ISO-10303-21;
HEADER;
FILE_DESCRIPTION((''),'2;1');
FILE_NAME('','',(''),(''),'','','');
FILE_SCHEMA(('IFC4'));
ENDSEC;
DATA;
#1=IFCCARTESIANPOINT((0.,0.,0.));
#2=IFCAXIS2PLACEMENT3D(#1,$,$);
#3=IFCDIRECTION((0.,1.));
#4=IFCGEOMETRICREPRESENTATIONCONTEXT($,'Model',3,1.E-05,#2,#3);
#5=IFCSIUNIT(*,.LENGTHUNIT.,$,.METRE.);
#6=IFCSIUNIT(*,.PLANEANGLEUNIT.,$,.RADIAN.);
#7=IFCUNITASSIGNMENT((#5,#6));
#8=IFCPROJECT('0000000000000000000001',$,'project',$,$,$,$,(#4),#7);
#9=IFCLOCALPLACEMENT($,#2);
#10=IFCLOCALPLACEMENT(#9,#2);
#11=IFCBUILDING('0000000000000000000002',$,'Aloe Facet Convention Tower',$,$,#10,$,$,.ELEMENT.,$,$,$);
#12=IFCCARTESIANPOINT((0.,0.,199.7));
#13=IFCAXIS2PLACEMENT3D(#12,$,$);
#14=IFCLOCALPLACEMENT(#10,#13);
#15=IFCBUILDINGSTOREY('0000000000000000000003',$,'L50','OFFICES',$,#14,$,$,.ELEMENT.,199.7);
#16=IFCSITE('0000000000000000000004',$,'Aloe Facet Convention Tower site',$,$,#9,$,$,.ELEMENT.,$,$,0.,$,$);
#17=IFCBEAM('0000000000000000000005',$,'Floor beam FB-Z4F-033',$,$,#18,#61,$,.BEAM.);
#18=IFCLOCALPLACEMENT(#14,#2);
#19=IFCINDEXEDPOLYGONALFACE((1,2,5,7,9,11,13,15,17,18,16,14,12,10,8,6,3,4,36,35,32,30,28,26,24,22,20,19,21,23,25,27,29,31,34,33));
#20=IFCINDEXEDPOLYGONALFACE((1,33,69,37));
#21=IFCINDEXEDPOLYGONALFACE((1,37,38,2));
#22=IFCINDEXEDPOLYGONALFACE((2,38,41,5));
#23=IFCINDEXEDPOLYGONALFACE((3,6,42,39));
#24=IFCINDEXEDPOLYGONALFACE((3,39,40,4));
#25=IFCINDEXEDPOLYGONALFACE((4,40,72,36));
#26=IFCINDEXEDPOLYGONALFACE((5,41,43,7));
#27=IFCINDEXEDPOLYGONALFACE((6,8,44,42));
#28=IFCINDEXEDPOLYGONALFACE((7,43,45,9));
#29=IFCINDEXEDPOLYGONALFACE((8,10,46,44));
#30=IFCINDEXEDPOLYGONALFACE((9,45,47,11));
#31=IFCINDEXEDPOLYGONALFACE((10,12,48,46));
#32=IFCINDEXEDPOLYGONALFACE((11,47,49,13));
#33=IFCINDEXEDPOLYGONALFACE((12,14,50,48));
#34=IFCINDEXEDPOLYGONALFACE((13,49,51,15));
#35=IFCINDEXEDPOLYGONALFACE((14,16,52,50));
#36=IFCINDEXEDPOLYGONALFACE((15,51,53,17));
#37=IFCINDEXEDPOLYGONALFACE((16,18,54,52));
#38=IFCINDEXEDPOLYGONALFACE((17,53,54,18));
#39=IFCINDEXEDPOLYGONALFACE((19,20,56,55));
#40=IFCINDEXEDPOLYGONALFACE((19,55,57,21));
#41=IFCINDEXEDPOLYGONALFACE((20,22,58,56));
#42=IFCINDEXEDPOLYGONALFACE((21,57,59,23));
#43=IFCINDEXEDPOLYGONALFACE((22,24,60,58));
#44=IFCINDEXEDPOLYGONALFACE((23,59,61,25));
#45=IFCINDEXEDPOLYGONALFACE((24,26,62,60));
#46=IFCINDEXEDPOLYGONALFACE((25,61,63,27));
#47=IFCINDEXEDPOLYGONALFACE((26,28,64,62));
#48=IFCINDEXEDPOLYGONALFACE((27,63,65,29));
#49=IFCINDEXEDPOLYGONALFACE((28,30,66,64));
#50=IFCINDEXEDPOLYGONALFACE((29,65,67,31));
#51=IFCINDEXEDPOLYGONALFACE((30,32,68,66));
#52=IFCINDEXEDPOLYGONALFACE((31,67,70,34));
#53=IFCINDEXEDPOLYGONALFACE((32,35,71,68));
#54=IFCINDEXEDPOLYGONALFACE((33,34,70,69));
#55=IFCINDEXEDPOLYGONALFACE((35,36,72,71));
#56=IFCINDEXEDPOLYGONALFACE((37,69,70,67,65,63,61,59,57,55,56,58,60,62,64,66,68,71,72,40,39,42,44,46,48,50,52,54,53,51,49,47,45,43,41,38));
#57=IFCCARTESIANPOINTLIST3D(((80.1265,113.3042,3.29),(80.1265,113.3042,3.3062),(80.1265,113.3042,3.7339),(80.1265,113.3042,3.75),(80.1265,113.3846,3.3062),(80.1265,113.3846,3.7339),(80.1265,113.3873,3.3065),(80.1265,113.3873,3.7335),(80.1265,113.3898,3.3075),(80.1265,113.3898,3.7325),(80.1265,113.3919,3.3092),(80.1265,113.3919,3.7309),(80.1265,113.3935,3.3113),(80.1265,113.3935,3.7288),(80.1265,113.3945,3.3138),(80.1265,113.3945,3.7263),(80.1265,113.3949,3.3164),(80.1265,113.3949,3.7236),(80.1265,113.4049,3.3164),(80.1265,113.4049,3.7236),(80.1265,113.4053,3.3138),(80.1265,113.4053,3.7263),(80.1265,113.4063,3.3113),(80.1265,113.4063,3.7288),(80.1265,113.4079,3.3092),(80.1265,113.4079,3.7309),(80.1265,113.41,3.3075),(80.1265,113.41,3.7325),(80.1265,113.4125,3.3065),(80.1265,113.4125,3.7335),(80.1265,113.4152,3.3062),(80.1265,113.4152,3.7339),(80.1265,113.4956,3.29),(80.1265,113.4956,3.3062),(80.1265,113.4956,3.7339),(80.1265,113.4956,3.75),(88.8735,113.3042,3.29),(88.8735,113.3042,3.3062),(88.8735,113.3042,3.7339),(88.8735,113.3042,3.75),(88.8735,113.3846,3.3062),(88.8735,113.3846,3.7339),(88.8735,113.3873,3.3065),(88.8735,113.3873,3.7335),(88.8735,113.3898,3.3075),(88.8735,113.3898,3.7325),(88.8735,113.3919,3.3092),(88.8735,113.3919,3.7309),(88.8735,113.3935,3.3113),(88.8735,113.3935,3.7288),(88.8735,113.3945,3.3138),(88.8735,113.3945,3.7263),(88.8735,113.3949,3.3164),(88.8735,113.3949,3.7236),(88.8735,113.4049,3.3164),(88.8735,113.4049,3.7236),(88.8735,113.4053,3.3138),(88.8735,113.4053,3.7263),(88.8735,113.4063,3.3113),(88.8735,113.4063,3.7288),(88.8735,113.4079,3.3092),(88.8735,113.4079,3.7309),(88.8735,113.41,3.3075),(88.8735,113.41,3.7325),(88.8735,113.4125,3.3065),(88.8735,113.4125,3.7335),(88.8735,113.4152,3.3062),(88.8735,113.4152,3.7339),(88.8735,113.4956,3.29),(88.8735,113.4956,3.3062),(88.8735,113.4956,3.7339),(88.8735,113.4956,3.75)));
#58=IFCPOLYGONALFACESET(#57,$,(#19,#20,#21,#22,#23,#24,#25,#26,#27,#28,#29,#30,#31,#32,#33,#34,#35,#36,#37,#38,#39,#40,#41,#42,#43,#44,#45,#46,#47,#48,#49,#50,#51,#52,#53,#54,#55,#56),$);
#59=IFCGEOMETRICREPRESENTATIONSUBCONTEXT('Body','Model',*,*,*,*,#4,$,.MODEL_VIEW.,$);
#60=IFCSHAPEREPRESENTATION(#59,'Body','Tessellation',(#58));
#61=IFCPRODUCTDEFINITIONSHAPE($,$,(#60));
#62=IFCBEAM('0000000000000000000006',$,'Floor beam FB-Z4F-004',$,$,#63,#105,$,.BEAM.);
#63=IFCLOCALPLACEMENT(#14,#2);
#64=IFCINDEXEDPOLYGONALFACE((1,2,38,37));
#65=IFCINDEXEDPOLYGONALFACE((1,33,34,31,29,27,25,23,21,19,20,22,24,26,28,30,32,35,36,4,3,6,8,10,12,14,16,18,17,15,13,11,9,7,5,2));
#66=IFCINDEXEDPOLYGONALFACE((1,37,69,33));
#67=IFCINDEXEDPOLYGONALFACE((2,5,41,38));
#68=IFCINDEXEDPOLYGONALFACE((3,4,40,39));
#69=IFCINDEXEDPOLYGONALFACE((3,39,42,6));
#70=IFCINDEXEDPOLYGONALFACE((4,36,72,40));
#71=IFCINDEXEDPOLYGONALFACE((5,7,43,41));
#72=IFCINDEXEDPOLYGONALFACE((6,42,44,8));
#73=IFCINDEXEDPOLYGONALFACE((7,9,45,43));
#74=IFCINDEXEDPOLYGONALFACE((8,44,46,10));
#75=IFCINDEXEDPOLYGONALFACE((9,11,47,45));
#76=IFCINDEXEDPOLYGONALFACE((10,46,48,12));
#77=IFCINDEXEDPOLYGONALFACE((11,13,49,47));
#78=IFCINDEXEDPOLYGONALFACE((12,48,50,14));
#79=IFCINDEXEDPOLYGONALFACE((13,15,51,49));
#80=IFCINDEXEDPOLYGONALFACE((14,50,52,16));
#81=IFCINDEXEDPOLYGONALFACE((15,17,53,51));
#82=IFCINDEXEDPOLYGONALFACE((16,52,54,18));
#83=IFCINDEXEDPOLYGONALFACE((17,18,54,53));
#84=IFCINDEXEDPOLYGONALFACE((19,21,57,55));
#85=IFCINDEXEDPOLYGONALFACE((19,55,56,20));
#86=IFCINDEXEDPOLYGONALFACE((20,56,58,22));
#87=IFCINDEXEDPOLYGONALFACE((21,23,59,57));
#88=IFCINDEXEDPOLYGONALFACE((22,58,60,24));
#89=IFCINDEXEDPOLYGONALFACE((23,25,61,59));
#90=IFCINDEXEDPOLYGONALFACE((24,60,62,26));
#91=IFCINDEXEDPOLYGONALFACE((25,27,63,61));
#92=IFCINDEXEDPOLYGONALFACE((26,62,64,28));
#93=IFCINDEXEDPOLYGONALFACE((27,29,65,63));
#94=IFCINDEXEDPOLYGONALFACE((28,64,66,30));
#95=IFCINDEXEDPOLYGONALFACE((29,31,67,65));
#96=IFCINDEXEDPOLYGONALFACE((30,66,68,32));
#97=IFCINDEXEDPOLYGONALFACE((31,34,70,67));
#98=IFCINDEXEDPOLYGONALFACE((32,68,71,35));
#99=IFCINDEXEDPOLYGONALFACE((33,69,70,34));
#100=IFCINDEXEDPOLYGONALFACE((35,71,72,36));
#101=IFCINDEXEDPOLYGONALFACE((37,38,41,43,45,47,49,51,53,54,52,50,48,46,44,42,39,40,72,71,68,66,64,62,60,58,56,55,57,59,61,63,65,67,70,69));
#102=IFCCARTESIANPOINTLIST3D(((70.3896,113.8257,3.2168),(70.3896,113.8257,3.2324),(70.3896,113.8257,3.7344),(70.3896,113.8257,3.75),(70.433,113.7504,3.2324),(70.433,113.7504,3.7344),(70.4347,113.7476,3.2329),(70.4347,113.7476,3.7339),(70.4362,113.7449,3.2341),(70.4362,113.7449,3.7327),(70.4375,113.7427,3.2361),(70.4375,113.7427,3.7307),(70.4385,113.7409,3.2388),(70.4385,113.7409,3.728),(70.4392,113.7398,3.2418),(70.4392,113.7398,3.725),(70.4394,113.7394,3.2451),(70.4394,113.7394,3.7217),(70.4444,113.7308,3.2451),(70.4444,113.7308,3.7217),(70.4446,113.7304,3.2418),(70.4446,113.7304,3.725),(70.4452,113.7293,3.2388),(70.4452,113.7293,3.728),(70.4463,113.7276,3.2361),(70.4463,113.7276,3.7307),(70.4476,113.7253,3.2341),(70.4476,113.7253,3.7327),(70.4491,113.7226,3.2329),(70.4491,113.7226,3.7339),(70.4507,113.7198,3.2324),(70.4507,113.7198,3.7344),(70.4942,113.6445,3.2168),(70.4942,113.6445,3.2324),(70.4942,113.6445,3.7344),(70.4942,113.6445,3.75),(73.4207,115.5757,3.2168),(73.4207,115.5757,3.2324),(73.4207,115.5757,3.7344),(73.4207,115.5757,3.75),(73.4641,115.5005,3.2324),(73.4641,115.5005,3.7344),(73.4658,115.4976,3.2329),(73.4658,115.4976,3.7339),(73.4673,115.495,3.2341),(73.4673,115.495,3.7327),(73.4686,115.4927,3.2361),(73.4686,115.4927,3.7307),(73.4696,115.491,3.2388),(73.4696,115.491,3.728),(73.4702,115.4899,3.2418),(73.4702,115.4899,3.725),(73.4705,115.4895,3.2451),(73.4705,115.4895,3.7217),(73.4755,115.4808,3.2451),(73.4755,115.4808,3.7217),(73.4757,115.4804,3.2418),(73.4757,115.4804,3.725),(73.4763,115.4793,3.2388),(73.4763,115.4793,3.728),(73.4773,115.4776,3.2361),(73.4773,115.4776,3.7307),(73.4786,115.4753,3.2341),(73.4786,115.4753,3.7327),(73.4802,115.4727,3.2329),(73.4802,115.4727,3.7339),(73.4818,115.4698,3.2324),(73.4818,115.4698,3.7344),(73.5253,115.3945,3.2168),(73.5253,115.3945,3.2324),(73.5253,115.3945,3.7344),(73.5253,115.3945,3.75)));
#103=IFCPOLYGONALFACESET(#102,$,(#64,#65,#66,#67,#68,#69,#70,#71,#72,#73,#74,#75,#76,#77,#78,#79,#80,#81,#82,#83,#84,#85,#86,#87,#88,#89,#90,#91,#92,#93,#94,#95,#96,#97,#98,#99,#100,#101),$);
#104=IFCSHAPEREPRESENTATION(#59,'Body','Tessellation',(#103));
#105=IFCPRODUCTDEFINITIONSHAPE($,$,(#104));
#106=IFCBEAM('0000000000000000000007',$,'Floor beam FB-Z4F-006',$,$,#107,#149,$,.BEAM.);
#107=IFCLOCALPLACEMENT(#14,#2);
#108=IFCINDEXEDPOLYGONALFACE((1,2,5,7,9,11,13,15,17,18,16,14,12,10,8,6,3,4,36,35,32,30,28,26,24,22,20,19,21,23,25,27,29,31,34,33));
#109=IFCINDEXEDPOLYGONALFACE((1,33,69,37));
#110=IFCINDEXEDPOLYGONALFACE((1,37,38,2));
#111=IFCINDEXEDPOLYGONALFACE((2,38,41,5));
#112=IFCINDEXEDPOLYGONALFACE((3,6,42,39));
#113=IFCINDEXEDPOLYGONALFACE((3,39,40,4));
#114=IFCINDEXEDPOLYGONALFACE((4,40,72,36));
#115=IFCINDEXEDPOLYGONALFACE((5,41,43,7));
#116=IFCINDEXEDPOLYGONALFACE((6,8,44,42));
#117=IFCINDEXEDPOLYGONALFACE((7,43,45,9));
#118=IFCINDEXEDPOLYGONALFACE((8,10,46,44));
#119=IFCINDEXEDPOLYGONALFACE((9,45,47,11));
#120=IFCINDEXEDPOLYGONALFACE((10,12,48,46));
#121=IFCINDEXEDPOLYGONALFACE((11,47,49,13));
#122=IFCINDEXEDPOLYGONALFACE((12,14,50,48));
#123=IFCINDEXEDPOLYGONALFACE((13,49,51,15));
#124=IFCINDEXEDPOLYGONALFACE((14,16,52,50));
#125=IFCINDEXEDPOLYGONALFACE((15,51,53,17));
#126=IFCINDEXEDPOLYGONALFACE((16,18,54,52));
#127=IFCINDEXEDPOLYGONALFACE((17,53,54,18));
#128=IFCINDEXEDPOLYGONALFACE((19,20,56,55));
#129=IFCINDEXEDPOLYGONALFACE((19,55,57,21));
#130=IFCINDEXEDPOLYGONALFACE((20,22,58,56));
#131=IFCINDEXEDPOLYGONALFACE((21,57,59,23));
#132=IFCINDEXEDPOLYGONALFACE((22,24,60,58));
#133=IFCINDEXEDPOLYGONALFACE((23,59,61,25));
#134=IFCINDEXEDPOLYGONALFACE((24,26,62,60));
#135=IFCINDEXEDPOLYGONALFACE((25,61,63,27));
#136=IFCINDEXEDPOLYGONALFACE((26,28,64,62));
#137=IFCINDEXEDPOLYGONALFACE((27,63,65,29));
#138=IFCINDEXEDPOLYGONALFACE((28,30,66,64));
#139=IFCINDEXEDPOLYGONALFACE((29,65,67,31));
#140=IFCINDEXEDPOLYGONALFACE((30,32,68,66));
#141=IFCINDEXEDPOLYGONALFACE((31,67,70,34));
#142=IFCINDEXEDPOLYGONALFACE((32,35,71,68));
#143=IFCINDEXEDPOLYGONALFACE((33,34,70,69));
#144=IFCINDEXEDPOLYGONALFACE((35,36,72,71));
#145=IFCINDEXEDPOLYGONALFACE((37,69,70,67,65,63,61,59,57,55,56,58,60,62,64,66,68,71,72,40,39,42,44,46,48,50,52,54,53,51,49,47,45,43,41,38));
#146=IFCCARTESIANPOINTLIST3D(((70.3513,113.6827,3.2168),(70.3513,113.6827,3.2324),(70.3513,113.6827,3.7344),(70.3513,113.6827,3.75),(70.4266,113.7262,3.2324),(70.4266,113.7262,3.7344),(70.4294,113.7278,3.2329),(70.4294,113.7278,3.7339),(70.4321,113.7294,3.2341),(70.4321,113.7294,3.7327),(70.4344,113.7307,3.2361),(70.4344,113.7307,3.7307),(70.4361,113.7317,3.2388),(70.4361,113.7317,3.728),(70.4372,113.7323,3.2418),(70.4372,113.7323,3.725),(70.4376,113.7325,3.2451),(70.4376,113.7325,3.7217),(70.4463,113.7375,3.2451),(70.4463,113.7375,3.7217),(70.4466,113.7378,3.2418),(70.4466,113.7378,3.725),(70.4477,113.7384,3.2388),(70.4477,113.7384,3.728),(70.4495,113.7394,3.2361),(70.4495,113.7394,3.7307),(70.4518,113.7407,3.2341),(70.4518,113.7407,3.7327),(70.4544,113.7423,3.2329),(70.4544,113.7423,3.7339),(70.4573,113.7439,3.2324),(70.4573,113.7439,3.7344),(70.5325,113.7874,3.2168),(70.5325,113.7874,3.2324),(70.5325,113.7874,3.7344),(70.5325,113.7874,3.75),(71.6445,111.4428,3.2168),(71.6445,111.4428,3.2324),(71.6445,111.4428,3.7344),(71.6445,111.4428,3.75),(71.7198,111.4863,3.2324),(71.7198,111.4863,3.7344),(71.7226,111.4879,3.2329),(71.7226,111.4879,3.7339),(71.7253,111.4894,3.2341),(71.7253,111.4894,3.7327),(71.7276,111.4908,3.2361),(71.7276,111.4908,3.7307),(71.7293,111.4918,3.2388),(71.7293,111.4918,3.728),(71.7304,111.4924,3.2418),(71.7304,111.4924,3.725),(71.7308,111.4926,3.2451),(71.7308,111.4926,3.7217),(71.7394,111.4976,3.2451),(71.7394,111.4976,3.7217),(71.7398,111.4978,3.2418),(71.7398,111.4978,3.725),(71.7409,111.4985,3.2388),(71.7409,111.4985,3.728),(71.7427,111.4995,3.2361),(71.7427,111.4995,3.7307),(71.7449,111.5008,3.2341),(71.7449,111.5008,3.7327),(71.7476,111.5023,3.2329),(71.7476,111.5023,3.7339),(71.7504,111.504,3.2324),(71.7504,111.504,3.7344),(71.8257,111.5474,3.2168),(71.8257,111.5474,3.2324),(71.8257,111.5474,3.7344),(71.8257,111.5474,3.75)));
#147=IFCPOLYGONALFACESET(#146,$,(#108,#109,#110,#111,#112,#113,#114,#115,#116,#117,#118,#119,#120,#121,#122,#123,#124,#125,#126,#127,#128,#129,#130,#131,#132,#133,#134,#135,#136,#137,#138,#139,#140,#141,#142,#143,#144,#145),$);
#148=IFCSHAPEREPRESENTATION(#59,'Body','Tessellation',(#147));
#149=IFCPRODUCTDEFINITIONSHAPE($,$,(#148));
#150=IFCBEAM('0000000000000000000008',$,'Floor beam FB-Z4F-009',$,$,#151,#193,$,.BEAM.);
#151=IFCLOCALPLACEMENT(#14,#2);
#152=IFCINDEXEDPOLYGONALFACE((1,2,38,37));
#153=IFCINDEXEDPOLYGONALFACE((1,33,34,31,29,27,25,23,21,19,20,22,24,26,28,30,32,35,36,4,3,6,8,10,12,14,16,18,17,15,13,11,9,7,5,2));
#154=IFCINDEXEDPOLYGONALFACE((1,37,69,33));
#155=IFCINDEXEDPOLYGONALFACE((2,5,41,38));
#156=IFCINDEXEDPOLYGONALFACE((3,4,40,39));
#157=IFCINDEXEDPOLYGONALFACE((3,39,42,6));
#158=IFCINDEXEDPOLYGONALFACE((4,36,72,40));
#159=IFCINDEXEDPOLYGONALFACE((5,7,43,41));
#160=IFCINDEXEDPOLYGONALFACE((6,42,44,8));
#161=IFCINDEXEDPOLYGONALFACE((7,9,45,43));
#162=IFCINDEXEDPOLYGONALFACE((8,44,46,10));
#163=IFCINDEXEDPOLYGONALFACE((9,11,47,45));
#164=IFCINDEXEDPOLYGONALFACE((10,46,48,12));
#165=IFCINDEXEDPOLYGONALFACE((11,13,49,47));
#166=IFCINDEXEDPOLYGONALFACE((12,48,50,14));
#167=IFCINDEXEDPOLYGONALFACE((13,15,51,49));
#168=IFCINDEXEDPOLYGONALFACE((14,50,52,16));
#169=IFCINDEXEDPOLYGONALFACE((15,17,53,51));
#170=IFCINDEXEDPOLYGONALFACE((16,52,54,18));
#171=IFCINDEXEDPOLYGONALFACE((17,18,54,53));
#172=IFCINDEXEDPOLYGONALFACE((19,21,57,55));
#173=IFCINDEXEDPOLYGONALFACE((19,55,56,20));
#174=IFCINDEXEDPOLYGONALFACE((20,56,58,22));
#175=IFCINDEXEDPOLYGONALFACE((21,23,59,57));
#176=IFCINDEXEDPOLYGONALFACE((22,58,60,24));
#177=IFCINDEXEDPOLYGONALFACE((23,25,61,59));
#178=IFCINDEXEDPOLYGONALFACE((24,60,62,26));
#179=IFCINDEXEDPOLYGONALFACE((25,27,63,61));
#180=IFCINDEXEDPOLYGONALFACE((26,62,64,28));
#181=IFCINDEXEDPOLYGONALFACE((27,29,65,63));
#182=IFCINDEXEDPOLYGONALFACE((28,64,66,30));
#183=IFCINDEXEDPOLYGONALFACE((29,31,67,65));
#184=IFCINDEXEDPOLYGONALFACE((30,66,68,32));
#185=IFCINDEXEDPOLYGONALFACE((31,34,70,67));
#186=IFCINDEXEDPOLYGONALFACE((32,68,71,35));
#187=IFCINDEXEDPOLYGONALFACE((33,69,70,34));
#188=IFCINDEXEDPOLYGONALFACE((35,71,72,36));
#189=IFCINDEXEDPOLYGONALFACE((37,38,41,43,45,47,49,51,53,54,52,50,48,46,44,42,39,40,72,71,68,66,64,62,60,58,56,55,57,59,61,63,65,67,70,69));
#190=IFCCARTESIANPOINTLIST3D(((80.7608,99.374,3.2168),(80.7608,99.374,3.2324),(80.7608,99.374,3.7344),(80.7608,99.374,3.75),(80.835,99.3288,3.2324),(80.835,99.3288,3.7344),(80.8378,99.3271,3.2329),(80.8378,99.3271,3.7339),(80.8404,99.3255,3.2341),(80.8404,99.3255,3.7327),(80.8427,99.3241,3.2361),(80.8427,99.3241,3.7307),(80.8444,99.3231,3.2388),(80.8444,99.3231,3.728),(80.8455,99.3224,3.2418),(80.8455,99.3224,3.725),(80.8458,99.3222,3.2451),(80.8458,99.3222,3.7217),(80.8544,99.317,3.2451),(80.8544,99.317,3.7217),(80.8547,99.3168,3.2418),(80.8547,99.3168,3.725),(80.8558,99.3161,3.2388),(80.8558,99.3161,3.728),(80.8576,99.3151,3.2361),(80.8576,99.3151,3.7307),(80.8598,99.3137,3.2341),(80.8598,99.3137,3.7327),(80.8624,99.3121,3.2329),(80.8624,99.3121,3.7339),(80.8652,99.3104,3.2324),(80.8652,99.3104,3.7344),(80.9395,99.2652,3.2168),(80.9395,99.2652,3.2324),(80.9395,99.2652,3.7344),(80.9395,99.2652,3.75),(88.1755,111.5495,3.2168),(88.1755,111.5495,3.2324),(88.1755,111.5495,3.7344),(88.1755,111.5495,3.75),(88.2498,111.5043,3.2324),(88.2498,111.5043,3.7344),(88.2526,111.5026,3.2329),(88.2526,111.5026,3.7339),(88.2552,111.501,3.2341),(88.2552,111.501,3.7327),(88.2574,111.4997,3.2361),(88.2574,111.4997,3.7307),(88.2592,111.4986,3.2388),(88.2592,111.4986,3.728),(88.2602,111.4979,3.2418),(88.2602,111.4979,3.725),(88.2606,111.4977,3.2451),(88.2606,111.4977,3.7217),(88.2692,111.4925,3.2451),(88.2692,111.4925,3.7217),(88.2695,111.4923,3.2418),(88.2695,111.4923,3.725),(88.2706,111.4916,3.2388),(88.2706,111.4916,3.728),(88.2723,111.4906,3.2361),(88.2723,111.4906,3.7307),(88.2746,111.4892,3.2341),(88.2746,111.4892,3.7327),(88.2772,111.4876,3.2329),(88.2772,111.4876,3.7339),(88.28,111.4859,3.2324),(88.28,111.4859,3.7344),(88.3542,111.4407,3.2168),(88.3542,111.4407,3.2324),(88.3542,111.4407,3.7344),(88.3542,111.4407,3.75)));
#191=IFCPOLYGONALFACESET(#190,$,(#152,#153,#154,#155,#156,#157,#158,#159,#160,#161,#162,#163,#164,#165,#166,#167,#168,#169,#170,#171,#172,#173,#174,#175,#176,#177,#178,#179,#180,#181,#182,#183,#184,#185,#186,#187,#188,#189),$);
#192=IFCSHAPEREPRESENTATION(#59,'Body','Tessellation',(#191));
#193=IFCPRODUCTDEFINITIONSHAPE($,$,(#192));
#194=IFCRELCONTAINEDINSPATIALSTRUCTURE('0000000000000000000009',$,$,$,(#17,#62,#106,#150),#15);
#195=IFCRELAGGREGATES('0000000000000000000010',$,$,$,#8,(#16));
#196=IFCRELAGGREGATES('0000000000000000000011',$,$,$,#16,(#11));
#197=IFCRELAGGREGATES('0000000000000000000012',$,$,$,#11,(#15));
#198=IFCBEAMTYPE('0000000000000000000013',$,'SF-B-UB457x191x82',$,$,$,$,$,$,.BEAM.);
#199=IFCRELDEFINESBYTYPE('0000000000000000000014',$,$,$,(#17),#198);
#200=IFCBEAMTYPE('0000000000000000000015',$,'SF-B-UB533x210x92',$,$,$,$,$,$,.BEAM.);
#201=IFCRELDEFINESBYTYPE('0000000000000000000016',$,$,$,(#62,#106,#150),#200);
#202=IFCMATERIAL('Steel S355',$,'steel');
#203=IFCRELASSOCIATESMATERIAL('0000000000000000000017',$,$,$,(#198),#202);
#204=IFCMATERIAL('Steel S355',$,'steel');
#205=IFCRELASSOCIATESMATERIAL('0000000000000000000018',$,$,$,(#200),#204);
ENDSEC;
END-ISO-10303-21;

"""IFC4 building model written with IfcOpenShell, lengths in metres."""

from ifc_helpers import new_model, si_unit, direction, frame, origin, origin_2d, place, context, subcontext, project, spatial, i_section, extrude, material, material_profile, profile_set, type_object, element, save


model = new_model("IFC4")

# Units and contexts
model_context = context("Model", 3, precision=1e-05, world=origin(), true_north=direction((0.0, 1.0)))
body_context = subcontext(model_context, "Body", "Model", "MODEL_VIEW")
ifc_project = project(units=[si_unit("LENGTHUNIT", "METRE"), si_unit("PLANEANGLEUNIT", "RADIAN")], contexts=[model_context])

# Site, building, storey
site_placement = place(None, origin())
site = spatial("IfcSite", under=ifc_project, at=site_placement, Name="Aloe Facet Convention Tower site", CompositionType="ELEMENT", RefElevation=0.0)
building_placement = place(site_placement, origin())
building = spatial("IfcBuilding", under=site, at=building_placement, Name="Aloe Facet Convention Tower", CompositionType="ELEMENT")
storey_placement = place(building_placement, frame((0.0, 0.0, 199.7)))
storey = spatial("IfcBuildingStorey", under=building, at=storey_placement, Name="L50", Description="OFFICES", CompositionType="ELEMENT", Elevation=199.7)

# Beams
ifc_material_1 = material(Name="Steel S355", Category="steel")
ifc_material_profile_1 = material_profile(ifc_material_1, i_section(OverallWidth=0.1914, OverallDepth=0.46, WebThickness=0.01, FlangeThickness=0.0161, FilletRadius=0.0103, at=origin_2d()), Name="UB 457x191x82")
ifc_profile_set_1 = profile_set([ifc_material_profile_1], Name="Steel S355")
beam_type_1 = type_object("IfcBeamType", Name="SF-B-UB457x191x82", PredefinedType="BEAM", material=ifc_profile_set_1)
beam_1_placement = place(storey_placement, frame((80.1265, 113.3999, 3.52), z_axis=(1.0, 0.0, 0.0), x_axis=(0.0, 1.0, 0.0)))
element("IfcBeam", 1, at=beam_1_placement, inside=storey, type_object=beam_type_1, Name="Floor beam FB-Z4F-033", PredefinedType="BEAM", context=body_context, shape_type="SweptSolid", body=[
    extrude(i_section(OverallWidth=0.1914, OverallDepth=0.46, WebThickness=0.01, FlangeThickness=0.0161, FilletRadius=0.0103, at=origin_2d()), origin(), (0.0, 0.0, 1.0), 8.7471),
])
ifc_material_2 = material(Name="Steel S355", Category="steel")
ifc_material_profile_2 = material_profile(ifc_material_2, i_section(OverallWidth=0.2092, OverallDepth=0.5332, WebThickness=0.01, FlangeThickness=0.0156, FilletRadius=0.0127, at=origin_2d()), Name="UB 533x210x92")
ifc_profile_set_2 = profile_set([ifc_material_profile_2], Name="Steel S355")
beam_type_2 = type_object("IfcBeamType", Name="SF-B-UB533x210x92", PredefinedType="BEAM", material=ifc_profile_set_2)
beam_2_placement = place(storey_placement, frame((70.4419, 113.7351, 3.4834), z_axis=(0.866019, 0.50001, 0.0), x_axis=(-0.50001, 0.866019, 0.0)))
element("IfcBeam", 2, at=beam_2_placement, inside=storey, type_object=beam_type_2, Name="Floor beam FB-Z4F-004", PredefinedType="BEAM", context=body_context, shape_type="SweptSolid", body=[
    extrude(i_section(OverallWidth=0.2092, OverallDepth=0.5332, WebThickness=0.01, FlangeThickness=0.0156, FilletRadius=0.0127, at=origin_2d()), origin(), (0.0, 0.0, 1.0), 3.5),
])
beam_3_placement = place(storey_placement, frame((71.7351, 111.4951, 3.4834), z_axis=(-0.499987, 0.866033, 0.0), x_axis=(-0.866033, -0.499987, 0.0)))
element("IfcBeam", 3, at=beam_3_placement, inside=storey, type_object=beam_type_2, Name="Floor beam FB-Z4F-006", PredefinedType="BEAM", context=body_context, shape_type="SweptSolid", body=[
    extrude(i_section(OverallWidth=0.2092, OverallDepth=0.5332, WebThickness=0.01, FlangeThickness=0.0156, FilletRadius=0.0127, at=origin_2d()), origin(), (0.0, 0.0, 1.0), 2.5864),
])
beam_4_placement = place(storey_placement, frame((88.2649, 111.4951, 3.4834), z_axis=(-0.520131, -0.854086, 0.0), x_axis=(0.854086, -0.520131, 0.0)))
element("IfcBeam", 4, at=beam_4_placement, inside=storey, type_object=beam_type_2, Name="Floor beam FB-Z4F-009", PredefinedType="BEAM", context=body_context, shape_type="SweptSolid", body=[
    extrude(i_section(OverallWidth=0.2092, OverallDepth=0.5332, WebThickness=0.01, FlangeThickness=0.0156, FilletRadius=0.0127, at=origin_2d()), origin(), (0.0, 0.0, 1.0), 14.2556),
])

save(model, "model.ifc")
